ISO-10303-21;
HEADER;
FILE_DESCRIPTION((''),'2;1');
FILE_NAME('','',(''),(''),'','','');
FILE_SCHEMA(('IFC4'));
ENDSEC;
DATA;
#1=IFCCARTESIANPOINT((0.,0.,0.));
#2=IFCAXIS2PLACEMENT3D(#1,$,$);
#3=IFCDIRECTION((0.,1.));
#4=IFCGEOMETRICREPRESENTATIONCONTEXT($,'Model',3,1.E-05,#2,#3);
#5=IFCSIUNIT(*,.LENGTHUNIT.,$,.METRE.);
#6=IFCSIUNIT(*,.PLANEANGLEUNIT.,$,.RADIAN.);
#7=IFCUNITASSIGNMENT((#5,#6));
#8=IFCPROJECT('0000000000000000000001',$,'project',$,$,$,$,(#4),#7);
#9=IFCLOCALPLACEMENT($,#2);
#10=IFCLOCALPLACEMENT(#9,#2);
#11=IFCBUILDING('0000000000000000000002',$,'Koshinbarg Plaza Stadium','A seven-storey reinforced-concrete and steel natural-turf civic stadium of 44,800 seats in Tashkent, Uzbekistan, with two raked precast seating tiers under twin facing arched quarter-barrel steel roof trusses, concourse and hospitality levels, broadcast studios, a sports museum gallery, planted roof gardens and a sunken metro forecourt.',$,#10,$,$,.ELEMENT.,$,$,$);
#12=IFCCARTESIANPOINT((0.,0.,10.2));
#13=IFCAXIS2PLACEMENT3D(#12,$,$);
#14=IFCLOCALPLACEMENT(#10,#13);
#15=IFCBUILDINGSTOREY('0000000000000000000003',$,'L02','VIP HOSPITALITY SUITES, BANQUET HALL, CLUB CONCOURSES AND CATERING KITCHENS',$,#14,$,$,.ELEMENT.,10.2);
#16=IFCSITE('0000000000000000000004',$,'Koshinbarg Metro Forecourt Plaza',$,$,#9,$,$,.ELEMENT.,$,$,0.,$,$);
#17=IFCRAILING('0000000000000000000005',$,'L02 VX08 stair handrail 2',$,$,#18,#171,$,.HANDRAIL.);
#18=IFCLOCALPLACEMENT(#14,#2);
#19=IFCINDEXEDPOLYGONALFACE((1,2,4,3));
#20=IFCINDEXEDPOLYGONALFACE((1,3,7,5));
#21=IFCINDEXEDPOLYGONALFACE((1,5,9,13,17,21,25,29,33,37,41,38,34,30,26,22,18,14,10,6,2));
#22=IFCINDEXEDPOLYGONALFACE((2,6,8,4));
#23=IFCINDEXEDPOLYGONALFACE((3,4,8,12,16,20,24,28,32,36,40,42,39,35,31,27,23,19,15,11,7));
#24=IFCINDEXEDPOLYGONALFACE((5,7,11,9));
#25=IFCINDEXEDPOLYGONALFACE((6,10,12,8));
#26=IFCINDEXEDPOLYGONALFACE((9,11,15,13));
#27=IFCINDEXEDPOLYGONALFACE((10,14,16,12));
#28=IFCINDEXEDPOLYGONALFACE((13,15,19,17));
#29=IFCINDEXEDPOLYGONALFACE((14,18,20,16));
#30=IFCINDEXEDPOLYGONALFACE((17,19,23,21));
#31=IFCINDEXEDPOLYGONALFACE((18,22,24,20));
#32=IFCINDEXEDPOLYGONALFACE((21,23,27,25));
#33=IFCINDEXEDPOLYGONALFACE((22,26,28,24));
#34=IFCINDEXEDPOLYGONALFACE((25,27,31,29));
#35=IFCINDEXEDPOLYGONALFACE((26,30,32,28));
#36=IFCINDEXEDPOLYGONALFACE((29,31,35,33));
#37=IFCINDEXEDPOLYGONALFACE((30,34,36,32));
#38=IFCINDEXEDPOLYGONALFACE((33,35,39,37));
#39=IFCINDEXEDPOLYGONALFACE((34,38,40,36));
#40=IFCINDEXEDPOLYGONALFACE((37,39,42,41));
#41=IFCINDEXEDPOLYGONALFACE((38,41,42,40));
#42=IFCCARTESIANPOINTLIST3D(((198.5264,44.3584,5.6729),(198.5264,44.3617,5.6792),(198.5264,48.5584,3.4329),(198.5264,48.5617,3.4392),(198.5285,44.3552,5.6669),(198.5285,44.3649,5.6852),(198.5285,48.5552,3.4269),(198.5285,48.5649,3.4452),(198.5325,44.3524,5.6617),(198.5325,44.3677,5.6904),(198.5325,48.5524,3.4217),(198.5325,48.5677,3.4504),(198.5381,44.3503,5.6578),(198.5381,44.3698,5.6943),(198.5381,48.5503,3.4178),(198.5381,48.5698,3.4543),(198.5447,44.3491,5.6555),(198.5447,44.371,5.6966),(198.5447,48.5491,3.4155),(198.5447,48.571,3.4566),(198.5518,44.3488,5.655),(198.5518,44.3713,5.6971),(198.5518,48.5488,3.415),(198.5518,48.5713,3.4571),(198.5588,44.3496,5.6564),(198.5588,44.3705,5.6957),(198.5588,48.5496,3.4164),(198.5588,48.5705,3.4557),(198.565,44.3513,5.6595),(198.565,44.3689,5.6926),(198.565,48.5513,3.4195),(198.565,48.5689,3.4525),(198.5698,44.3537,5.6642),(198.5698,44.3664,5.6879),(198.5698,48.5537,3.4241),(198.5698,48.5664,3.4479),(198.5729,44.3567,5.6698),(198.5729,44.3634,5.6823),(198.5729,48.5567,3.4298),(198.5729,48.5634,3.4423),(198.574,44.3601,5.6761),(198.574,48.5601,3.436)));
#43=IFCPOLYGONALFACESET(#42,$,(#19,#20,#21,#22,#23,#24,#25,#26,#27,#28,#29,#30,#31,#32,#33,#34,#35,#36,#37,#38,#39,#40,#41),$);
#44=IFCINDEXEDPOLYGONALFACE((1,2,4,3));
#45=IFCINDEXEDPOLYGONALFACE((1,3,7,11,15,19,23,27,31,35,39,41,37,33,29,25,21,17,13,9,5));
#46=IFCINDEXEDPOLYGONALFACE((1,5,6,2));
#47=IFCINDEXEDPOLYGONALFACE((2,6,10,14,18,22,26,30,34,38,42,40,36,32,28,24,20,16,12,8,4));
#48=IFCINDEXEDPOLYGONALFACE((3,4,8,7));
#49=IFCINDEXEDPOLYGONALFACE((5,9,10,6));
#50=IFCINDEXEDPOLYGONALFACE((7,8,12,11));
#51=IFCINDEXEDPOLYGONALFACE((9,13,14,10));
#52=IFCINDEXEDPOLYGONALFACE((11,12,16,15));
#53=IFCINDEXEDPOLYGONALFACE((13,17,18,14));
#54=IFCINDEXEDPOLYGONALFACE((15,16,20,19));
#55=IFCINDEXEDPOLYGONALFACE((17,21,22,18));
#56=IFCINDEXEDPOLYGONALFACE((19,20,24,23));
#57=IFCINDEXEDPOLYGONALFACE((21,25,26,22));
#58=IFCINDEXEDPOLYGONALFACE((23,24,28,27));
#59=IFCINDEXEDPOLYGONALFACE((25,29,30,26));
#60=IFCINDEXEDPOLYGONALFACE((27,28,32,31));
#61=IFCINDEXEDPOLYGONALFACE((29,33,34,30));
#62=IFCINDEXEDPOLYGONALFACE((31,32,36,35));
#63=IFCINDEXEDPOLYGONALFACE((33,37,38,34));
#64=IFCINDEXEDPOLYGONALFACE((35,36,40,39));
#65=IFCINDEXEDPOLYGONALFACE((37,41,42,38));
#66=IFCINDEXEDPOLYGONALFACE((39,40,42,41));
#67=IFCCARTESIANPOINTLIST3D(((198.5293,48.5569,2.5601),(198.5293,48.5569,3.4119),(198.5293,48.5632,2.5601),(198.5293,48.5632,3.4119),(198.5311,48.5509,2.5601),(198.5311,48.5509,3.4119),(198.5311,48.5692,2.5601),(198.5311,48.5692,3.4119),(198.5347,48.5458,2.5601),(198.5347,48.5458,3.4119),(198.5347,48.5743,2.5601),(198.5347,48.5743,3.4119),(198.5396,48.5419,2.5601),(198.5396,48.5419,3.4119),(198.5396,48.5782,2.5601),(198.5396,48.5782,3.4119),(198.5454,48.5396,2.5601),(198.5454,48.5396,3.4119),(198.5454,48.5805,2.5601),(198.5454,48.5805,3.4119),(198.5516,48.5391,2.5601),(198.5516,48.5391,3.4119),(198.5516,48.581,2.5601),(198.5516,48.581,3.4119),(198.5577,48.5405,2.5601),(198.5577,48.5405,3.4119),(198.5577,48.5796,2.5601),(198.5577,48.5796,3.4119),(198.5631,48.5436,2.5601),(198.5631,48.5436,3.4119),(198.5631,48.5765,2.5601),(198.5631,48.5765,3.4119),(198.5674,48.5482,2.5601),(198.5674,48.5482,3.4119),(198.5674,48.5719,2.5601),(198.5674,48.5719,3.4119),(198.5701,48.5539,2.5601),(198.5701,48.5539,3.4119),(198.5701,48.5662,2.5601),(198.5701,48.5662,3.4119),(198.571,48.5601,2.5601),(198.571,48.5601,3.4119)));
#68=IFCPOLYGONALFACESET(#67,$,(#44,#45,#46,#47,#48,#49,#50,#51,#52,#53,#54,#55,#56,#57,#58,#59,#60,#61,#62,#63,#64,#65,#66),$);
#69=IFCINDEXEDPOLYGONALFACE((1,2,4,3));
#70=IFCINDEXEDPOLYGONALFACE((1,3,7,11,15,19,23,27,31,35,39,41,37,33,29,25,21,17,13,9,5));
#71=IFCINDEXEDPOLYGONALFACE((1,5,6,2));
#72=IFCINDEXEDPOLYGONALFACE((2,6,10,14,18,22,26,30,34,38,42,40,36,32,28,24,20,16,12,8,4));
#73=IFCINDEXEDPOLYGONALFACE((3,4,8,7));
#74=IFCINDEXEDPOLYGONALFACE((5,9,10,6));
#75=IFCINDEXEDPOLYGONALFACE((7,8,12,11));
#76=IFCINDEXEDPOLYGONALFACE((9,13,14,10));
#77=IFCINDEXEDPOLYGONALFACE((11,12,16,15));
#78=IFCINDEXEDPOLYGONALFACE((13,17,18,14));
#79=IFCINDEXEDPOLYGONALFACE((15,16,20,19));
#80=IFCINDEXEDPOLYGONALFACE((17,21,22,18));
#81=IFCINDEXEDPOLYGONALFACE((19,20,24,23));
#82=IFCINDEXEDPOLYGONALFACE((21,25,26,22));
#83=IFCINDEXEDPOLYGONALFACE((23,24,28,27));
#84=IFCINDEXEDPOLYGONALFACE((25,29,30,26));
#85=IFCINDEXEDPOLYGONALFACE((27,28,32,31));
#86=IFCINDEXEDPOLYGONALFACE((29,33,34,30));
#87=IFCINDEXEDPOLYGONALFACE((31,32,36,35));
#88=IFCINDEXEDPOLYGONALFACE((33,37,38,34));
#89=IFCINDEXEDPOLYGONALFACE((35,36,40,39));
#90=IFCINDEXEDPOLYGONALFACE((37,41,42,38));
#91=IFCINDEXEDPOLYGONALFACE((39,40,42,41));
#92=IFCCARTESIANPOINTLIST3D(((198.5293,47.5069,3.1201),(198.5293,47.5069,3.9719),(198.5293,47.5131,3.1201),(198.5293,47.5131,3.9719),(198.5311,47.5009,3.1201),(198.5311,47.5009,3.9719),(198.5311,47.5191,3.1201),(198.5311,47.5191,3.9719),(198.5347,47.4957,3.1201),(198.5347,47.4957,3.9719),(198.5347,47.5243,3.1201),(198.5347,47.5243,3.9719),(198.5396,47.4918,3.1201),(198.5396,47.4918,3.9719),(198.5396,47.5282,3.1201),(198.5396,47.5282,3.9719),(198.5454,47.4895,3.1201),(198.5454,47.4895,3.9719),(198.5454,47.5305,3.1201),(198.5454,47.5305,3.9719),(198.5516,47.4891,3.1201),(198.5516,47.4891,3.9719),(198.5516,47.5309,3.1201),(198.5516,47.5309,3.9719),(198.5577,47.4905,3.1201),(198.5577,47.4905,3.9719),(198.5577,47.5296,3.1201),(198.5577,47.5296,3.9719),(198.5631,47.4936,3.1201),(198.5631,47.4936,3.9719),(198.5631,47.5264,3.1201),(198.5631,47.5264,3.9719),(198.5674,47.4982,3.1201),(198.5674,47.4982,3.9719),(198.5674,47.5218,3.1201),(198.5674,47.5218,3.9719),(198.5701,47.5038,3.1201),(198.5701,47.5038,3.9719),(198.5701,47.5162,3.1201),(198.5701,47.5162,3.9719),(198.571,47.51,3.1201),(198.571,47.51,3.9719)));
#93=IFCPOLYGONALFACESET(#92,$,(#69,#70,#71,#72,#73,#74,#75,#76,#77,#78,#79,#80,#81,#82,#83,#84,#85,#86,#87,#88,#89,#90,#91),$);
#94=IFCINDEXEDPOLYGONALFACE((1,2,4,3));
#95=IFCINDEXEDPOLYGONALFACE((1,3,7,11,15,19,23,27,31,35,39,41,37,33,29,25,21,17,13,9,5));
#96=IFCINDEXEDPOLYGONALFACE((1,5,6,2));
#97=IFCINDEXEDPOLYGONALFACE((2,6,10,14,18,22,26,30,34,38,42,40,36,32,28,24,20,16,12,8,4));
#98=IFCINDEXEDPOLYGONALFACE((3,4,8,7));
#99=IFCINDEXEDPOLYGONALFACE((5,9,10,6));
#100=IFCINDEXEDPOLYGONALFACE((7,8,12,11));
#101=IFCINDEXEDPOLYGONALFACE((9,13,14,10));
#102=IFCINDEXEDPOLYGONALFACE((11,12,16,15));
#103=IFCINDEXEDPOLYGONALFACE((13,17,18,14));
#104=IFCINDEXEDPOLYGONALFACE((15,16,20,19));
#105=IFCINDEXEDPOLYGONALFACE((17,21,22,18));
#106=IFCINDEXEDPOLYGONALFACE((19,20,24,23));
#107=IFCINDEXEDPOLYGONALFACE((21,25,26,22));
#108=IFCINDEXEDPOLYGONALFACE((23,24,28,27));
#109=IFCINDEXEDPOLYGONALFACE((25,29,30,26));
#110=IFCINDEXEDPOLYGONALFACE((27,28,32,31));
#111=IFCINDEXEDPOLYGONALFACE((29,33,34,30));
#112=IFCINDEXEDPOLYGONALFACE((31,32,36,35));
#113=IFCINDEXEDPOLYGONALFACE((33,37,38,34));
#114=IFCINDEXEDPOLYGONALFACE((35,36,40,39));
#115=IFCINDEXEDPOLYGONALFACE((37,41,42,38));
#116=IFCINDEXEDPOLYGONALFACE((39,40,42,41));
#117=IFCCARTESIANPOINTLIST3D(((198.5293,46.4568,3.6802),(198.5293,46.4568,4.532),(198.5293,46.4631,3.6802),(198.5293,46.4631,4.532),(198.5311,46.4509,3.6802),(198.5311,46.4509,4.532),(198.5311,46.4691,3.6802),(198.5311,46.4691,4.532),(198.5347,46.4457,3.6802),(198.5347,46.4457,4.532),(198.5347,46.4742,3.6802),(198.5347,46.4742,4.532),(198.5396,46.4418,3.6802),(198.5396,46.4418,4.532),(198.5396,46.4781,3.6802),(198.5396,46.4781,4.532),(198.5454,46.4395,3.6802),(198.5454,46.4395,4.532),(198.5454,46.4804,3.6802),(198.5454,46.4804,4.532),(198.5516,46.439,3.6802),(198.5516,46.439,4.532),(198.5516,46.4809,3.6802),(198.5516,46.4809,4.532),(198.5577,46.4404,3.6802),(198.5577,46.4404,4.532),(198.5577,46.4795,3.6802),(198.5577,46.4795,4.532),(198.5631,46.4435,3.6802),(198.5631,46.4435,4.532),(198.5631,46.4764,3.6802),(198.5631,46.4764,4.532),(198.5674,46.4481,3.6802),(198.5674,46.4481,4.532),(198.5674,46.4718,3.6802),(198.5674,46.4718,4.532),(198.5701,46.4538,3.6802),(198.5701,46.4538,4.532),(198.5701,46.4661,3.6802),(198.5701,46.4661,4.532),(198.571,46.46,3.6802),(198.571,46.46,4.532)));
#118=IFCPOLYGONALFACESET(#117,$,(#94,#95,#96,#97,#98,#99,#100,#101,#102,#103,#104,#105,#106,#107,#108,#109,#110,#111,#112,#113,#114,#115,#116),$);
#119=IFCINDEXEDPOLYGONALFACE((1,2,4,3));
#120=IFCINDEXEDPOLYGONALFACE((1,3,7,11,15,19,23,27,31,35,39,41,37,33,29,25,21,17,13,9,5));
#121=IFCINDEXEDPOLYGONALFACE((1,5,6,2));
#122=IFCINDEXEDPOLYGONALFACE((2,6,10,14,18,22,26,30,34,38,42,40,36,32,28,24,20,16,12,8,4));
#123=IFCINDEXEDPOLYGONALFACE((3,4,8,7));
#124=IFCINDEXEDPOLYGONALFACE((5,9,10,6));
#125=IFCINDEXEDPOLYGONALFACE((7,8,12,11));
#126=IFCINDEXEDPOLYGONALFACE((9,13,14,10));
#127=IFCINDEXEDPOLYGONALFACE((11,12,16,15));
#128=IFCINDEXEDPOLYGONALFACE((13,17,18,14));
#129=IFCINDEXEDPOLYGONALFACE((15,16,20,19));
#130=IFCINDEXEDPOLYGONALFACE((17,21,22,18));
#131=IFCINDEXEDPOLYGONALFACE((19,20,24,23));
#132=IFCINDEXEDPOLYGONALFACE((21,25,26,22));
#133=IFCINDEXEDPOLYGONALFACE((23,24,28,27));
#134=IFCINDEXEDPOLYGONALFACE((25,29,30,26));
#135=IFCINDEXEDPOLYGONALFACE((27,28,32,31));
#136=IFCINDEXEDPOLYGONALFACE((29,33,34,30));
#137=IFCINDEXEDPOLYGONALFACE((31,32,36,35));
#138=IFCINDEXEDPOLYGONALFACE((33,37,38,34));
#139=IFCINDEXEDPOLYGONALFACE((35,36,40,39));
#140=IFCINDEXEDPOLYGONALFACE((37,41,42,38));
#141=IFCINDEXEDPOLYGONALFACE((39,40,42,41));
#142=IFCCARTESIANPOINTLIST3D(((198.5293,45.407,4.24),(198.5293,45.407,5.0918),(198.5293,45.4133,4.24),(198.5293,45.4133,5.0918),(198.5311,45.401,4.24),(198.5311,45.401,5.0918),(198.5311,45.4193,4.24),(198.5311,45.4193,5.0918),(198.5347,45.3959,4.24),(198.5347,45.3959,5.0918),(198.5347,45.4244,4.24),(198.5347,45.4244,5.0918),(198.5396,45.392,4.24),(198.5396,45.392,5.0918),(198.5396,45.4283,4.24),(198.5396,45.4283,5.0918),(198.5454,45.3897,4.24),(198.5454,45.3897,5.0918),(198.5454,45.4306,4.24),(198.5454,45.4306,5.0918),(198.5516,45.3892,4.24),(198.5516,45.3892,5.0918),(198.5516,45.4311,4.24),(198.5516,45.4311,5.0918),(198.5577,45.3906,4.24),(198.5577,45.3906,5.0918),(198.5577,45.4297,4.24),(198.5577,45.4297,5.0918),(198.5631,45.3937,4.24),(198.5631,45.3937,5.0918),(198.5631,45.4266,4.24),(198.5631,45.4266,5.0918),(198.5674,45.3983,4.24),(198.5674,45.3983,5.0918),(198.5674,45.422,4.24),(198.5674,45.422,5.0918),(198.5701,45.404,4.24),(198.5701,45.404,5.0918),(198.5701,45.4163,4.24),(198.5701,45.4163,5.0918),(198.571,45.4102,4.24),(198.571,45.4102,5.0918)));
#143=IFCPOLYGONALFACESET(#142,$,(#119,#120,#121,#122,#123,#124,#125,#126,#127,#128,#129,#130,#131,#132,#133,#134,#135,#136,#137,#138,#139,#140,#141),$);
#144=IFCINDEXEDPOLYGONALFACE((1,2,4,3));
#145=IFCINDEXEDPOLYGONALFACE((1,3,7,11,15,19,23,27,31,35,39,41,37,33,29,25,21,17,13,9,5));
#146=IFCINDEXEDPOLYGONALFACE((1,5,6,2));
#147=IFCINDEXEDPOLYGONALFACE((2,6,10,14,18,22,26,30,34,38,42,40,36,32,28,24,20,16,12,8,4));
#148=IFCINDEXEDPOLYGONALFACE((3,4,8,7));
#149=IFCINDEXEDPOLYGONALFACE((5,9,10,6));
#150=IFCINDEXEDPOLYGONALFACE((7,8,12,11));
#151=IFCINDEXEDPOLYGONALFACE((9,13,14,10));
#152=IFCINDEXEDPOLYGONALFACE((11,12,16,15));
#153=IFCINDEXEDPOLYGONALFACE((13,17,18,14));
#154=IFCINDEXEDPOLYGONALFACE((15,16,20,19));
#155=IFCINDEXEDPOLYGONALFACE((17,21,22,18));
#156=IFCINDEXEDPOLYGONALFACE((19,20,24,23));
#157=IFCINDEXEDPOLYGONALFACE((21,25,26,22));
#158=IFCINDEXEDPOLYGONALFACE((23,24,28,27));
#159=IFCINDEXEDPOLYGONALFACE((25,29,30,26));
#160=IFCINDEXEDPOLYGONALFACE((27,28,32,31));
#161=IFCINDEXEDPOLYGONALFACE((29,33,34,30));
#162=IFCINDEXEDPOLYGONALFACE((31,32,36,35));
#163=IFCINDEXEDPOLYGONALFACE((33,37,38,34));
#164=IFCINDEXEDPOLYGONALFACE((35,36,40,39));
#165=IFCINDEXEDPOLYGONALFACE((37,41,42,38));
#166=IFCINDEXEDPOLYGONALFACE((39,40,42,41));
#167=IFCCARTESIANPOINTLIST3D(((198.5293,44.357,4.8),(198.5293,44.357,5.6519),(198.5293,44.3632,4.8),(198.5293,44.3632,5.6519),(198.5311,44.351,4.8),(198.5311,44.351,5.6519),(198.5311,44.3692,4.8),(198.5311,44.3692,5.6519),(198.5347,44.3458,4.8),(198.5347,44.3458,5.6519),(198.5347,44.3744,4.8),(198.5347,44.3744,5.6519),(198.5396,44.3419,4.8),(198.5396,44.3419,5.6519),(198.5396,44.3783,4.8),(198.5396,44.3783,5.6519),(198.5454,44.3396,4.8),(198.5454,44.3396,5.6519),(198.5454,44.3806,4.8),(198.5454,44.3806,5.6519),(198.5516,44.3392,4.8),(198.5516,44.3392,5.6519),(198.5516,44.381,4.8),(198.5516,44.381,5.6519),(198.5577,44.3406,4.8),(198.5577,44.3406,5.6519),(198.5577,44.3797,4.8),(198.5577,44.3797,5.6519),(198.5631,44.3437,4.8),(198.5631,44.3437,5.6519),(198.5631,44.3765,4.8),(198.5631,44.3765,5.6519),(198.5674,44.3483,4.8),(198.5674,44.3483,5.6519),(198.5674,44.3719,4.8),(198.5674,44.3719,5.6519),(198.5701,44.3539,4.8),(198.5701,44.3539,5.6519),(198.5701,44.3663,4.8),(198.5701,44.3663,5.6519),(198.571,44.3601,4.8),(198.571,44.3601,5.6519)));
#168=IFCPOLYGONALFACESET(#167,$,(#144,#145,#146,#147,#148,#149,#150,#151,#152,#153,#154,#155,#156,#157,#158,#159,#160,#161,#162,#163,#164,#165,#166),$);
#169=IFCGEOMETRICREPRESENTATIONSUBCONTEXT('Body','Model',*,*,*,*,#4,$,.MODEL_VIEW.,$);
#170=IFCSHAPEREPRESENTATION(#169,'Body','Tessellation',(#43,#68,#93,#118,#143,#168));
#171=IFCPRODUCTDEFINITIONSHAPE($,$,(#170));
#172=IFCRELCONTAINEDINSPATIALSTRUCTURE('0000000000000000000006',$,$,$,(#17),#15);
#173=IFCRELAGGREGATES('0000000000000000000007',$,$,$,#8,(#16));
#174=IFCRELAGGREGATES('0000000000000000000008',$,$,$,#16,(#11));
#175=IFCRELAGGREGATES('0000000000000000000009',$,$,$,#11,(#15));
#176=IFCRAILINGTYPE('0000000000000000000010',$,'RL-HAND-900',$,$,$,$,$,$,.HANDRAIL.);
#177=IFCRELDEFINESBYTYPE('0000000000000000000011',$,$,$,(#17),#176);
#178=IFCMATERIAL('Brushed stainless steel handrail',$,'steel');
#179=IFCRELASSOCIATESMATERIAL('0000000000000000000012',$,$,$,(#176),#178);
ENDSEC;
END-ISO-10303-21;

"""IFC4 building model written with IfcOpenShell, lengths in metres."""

from ifc_helpers import new_model, si_unit, direction, frame, origin, origin_2d, place, context, subcontext, project, spatial, circle, extrude, material, type_object, element, save


model = new_model("IFC4")

# Units and contexts
model_context = context("Model", 3, precision=1e-05, world=origin(), true_north=direction((0.0, 1.0)))
body_context = subcontext(model_context, "Body", "Model", "MODEL_VIEW")
ifc_project = project(units=[si_unit("LENGTHUNIT", "METRE"), si_unit("PLANEANGLEUNIT", "RADIAN")], contexts=[model_context])

# Site, building, storey
site_placement = place(None, origin())
site = spatial("IfcSite", under=ifc_project, at=site_placement, Name="Koshinbarg Metro Forecourt Plaza", CompositionType="ELEMENT", RefElevation=0.0)
building_placement = place(site_placement, origin())
building = spatial("IfcBuilding", under=site, at=building_placement, Name="Koshinbarg Plaza Stadium", Description="A seven-storey reinforced-concrete and steel natural-turf civic stadium of 44,800 seats in Tashkent, Uzbekistan, with two raked precast seating tiers under twin facing arched quarter-barrel steel roof trusses, concourse and hospitality levels, broadcast studios, a sports museum gallery, planted roof gardens and a sunken metro forecourt.", CompositionType="ELEMENT")
storey_placement = place(building_placement, frame((0.0, 0.0, 10.2)))
storey = spatial("IfcBuildingStorey", under=building, at=storey_placement, Name="L02", Description="VIP HOSPITALITY SUITES, BANQUET HALL, CLUB CONCOURSES AND CATERING KITCHENS", CompositionType="ELEMENT", Elevation=10.2)

# Railing
ifc_material_1 = material(Name="Brushed stainless steel handrail", Category="steel")
railing_type_1 = type_object("IfcRailingType", Name="RL-HAND-900", PredefinedType="HANDRAIL", material=ifc_material_1)
for number, where, name in (
    (1, (198.55, 48.5601, 2.5601), "L02 VX08 stair handrail 2"),
):
    element("IfcRailing", number, at=place(storey_placement, frame(where)), inside=storey, type_object=railing_type_1, Name=name, PredefinedType="HANDRAIL", context=body_context, shape_type="SweptSolid", body=[
        extrude(circle(Radius=0.0239, at=origin_2d()), frame((0.0, 0.0, 0.876), z_axis=(0.0, -0.882352, 0.470591), x_axis=(1.0, 0.0, 0.0)), (0.0, 0.0, 1.0), 4.76),
        extrude(circle(Radius=0.021, at=origin_2d()), origin(), (0.0, 0.0, 1.0), 0.8518),
        extrude(circle(Radius=0.021, at=origin_2d()), frame((0.0, -1.05, 0.5601)), (0.0, 0.0, 1.0), 0.8518),
        extrude(circle(Radius=0.021, at=origin_2d()), frame((0.0, -2.1001, 1.1201)), (0.0, 0.0, 1.0), 0.8518),
        extrude(circle(Radius=0.021, at=origin_2d()), frame((0.0, -3.1499, 1.6799)), (0.0, 0.0, 1.0), 0.8518),
        extrude(circle(Radius=0.021, at=origin_2d()), frame((0.0, -4.2, 2.24)), (0.0, 0.0, 1.0), 0.8518),
    ])

save(model, "model.ifc")
